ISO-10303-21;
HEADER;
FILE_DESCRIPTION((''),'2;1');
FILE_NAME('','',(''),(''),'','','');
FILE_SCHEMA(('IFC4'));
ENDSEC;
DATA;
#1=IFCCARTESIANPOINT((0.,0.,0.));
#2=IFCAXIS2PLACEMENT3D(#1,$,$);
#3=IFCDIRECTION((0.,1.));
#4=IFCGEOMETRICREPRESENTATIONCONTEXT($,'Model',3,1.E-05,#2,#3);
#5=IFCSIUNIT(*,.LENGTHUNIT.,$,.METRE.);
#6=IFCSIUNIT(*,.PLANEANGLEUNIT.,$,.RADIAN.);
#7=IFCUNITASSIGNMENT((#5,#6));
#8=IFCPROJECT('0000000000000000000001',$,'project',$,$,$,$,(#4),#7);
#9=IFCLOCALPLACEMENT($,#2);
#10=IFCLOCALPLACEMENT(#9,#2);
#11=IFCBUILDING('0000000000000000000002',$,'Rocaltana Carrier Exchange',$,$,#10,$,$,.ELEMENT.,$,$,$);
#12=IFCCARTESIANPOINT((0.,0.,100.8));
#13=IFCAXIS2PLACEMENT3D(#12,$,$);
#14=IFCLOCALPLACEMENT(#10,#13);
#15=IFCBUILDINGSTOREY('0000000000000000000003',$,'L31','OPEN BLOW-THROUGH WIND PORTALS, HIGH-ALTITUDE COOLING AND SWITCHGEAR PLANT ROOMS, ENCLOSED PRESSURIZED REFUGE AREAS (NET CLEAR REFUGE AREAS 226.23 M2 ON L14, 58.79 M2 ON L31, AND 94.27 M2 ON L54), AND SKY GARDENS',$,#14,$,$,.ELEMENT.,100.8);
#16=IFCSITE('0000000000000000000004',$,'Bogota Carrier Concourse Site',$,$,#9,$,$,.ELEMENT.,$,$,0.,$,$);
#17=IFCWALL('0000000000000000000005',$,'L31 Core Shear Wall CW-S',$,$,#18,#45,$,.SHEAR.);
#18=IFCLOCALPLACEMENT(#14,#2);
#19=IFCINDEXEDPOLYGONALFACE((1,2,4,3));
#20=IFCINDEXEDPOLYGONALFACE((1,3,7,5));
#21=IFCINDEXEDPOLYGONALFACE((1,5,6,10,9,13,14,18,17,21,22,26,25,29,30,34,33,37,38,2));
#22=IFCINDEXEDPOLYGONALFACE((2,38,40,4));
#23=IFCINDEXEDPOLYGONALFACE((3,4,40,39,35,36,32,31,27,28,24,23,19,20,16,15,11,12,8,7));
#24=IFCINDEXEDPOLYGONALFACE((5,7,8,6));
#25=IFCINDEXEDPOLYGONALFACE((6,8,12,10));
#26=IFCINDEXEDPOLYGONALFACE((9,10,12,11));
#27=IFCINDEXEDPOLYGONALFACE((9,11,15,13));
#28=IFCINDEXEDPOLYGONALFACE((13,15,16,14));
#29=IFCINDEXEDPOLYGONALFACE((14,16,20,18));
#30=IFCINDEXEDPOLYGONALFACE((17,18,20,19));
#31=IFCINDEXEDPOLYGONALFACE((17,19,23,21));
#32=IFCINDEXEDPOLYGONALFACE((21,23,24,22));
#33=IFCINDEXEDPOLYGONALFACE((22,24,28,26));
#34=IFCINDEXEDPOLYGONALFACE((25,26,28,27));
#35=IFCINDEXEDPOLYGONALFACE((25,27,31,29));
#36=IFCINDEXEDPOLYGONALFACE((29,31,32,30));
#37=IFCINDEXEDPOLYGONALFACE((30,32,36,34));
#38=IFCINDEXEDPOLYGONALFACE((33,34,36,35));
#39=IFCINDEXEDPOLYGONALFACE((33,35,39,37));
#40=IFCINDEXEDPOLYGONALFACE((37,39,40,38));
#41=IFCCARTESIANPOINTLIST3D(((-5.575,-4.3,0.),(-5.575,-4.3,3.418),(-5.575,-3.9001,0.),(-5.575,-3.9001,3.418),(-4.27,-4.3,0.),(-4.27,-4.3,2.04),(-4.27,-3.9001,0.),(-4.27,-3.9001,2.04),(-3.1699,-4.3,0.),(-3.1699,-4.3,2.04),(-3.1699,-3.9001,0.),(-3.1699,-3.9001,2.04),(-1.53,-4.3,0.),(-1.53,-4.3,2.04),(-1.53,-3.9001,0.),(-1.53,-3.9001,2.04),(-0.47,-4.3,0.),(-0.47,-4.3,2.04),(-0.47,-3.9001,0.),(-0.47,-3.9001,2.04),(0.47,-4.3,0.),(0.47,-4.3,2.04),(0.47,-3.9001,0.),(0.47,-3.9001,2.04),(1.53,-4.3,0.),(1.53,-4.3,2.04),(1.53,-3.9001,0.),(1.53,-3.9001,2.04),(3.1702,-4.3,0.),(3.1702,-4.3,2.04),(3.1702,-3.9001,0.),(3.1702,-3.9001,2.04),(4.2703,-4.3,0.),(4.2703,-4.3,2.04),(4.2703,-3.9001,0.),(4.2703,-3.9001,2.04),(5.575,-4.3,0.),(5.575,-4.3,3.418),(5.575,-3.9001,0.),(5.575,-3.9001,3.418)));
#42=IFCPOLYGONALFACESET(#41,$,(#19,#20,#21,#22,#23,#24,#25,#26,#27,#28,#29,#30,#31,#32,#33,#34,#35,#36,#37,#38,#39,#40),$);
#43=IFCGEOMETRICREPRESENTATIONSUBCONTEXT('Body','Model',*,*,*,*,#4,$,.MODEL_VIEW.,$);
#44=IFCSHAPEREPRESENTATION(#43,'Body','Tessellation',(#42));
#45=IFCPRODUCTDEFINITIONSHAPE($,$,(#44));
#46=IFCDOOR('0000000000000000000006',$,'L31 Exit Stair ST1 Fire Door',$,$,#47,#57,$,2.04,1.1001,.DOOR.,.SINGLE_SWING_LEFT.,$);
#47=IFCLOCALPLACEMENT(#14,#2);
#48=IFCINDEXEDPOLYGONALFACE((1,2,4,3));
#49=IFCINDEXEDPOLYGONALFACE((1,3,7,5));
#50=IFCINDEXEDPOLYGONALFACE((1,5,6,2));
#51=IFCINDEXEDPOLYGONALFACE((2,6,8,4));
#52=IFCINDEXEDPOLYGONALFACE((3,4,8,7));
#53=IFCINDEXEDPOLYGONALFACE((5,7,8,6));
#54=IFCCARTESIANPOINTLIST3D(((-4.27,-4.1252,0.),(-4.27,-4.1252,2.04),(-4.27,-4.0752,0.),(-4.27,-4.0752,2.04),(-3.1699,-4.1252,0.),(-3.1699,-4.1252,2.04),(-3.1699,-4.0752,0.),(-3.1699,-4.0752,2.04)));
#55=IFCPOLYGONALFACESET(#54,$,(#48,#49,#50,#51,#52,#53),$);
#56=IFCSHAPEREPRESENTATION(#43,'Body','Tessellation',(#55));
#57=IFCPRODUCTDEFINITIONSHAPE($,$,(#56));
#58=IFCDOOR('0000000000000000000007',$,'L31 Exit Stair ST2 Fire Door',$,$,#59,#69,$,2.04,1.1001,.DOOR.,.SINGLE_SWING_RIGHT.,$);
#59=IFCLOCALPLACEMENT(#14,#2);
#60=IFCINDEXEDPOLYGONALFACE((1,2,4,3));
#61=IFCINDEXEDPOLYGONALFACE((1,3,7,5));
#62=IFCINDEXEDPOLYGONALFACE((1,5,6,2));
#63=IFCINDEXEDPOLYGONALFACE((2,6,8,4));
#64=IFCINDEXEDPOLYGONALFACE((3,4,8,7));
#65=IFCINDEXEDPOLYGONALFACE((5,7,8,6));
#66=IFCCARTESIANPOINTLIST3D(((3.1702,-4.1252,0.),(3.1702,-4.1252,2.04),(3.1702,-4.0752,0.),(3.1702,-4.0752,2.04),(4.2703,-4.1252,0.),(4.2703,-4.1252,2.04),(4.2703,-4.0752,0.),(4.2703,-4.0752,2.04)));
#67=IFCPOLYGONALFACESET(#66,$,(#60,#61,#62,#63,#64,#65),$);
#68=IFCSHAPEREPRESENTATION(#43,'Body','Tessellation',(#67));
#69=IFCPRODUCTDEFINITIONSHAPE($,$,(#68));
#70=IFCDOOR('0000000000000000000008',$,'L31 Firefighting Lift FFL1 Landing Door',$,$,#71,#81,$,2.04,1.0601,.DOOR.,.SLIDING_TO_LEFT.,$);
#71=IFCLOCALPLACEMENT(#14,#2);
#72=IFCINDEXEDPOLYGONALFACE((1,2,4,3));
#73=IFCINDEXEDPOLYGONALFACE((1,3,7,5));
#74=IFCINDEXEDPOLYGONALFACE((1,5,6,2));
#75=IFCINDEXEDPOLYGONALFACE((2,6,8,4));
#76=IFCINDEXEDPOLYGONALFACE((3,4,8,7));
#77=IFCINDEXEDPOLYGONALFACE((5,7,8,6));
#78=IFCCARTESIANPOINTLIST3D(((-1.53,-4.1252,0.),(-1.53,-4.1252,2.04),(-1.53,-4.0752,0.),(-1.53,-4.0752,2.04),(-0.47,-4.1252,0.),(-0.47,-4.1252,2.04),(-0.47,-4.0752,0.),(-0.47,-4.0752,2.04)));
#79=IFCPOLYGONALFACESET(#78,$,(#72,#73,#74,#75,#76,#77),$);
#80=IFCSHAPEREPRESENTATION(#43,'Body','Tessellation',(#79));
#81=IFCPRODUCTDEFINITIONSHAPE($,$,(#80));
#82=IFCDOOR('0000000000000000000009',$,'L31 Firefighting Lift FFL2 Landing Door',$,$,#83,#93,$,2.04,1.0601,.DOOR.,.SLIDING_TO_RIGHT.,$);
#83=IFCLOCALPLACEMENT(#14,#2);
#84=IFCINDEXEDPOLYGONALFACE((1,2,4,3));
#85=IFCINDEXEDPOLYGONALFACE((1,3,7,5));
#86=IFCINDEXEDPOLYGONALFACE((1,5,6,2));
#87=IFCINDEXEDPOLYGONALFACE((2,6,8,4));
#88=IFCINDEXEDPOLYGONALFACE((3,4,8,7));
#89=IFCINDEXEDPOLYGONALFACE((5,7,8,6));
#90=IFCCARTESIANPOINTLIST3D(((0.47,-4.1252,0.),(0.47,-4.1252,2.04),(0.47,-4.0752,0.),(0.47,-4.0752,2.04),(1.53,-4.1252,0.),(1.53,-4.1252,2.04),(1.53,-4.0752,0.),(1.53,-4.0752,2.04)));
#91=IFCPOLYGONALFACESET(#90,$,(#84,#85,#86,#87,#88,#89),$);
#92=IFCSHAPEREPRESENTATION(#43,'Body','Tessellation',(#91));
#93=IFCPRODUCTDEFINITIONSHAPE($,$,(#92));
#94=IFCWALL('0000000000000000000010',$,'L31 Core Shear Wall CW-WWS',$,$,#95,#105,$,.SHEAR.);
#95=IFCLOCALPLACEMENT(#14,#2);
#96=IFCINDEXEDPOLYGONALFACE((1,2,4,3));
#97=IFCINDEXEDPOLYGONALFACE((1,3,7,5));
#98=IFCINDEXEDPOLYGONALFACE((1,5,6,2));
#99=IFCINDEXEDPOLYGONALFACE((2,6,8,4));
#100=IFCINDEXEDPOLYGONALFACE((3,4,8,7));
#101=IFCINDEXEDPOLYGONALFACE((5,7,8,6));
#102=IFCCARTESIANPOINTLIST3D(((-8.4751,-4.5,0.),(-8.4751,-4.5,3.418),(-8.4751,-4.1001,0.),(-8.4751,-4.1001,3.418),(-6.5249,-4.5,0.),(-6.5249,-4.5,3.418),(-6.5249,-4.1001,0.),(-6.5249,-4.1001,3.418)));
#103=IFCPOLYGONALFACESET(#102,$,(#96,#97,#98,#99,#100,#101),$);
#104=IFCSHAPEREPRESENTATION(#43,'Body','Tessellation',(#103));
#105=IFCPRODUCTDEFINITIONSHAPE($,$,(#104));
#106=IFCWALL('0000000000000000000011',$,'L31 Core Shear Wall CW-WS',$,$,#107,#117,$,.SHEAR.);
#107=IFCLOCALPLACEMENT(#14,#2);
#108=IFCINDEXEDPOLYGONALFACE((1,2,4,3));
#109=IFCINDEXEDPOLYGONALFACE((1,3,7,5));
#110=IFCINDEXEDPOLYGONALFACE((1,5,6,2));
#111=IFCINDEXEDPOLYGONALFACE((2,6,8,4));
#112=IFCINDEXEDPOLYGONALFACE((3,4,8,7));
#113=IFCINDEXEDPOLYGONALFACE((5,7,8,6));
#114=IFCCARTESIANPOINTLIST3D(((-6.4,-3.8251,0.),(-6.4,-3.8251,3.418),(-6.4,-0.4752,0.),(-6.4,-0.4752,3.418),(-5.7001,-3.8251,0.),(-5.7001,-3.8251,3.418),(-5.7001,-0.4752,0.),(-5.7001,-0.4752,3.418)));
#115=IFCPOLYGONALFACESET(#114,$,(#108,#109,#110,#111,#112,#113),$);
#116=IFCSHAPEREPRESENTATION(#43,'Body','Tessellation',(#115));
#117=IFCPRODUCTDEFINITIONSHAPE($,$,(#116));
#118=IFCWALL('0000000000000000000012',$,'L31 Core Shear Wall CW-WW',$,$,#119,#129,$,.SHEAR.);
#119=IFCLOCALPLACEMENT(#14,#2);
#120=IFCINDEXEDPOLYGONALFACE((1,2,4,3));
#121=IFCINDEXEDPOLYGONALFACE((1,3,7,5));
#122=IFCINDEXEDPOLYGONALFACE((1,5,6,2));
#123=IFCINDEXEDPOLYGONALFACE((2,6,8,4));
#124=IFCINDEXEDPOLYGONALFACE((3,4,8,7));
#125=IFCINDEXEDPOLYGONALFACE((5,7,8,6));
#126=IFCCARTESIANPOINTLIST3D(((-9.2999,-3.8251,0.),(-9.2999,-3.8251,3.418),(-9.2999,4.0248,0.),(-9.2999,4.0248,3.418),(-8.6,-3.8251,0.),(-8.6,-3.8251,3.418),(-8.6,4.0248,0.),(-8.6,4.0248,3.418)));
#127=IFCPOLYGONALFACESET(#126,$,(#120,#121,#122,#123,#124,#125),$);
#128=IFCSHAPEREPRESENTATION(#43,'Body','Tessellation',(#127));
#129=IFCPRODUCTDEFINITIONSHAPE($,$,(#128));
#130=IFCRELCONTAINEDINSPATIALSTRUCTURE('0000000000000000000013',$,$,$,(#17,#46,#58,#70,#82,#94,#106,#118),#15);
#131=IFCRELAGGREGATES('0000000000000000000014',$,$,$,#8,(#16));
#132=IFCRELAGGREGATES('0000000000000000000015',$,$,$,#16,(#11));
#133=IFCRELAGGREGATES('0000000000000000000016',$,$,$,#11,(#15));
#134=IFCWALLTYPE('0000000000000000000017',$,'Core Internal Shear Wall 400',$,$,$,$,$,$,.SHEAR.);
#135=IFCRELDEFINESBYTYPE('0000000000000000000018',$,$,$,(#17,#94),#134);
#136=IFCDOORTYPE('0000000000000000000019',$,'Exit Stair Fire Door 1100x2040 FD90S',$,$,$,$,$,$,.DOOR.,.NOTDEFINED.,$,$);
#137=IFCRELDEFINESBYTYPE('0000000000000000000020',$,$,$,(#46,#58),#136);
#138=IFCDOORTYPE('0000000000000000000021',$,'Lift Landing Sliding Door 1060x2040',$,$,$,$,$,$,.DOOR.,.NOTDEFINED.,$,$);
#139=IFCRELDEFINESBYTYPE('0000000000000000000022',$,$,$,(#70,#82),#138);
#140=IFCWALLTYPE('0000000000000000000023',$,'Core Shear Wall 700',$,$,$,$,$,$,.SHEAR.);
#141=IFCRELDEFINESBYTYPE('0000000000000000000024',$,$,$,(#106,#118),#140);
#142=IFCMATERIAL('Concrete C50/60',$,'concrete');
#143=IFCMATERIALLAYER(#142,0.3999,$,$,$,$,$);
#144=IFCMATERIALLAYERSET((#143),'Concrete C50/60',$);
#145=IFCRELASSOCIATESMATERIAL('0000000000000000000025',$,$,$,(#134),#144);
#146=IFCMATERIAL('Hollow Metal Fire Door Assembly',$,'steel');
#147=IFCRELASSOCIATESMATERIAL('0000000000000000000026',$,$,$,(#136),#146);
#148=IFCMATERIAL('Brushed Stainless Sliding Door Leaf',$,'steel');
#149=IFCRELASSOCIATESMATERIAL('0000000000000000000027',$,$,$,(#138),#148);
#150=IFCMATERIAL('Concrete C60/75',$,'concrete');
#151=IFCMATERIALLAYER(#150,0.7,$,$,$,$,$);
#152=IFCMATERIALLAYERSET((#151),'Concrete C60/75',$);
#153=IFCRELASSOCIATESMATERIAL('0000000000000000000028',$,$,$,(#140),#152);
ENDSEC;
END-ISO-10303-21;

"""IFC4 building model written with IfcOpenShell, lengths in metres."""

from ifc_helpers import new_model, si_unit, direction, frame, frame_2d, origin, place, context, subcontext, project, spatial, rectangle, extrude, material, layer, layer_set, type_object, element, fill, save


model = new_model("IFC4")

# Units and contexts
model_context = context("Model", 3, precision=1e-05, world=origin(), true_north=direction((0.0, 1.0)))
body_context = subcontext(model_context, "Body", "Model", "MODEL_VIEW")
ifc_project = project(units=[si_unit("LENGTHUNIT", "METRE"), si_unit("PLANEANGLEUNIT", "RADIAN")], contexts=[model_context])

# Site, building, storey
site_placement = place(None, origin())
site = spatial("IfcSite", under=ifc_project, at=site_placement, Name="Bogota Carrier Concourse Site", CompositionType="ELEMENT", RefElevation=0.0)
building_placement = place(site_placement, origin())
building = spatial("IfcBuilding", under=site, at=building_placement, Name="Rocaltana Carrier Exchange", CompositionType="ELEMENT")
storey_placement = place(building_placement, frame((0.0, 0.0, 100.8)))
storey = spatial("IfcBuildingStorey", under=building, at=storey_placement, Name="L31", Description="OPEN BLOW-THROUGH WIND PORTALS, HIGH-ALTITUDE COOLING AND SWITCHGEAR PLANT ROOMS, ENCLOSED PRESSURIZED REFUGE AREAS (NET CLEAR REFUGE AREAS 226.23 M2 ON L14, 58.79 M2 ON L31, AND 94.27 M2 ON L54), AND SKY GARDENS", CompositionType="ELEMENT", Elevation=100.8)

# Wall, openings, doors
ifc_material_1 = material(Name="Concrete C50/60", Category="concrete")
ifc_layer_1 = layer(ifc_material_1, 0.3999)
ifc_layer_set_1 = layer_set([ifc_layer_1], Name="Concrete C50/60")
wall_type_1 = type_object("IfcWallType", Name="Core Internal Shear Wall 400", PredefinedType="SHEAR", material=ifc_layer_set_1)
wall_1_placement = place(storey_placement, frame((-5.575, -4.1001, 0.0), z_axis=(0.0, 0.0, 1.0), x_axis=(1.0, 0.0, 0.0)))
wall_1 = element("IfcWall", 1, at=wall_1_placement, inside=storey, type_object=wall_type_1, Name="L31 Core Shear Wall CW-S", PredefinedType="SHEAR", context=body_context, shape_type="SweptSolid", body=[
    extrude(rectangle(XDim=11.1499, YDim=0.3999, at=frame_2d((5.575, 0.0))), origin(), (0.0, 0.0, 1.0), 3.418),
])
opening_1_placement = place(wall_1_placement, frame((1.3049, 0.0, 0.0)))
opening_1 = element("IfcOpeningElement", 2, at=opening_1_placement, cuts=wall_1, PredefinedType="OPENING", context=body_context, shape_type="SweptSolid", body=[
    extrude(rectangle(XDim=1.1001, YDim=2.04, at=frame_2d((0.55, 1.02))), frame((0.0, 0.21, 0.0), z_axis=(0.0, -1.0, 0.0), x_axis=(1.0, 0.0, 0.0)), (0.0, 0.0, 1.0), 0.4199),
])
opening_2_placement = place(wall_1_placement, frame((8.7451, 0.0, 0.0)))
opening_2 = element("IfcOpeningElement", 3, at=opening_2_placement, cuts=wall_1, PredefinedType="OPENING", context=body_context, shape_type="SweptSolid", body=[
    extrude(rectangle(XDim=1.1001, YDim=2.04, at=frame_2d((0.55, 1.02))), frame((0.0, 0.21, 0.0), z_axis=(0.0, -1.0, 0.0), x_axis=(1.0, 0.0, 0.0)), (0.0, 0.0, 1.0), 0.4199),
])
opening_3_placement = place(wall_1_placement, frame((4.0449, 0.0, 0.0)))
opening_3 = element("IfcOpeningElement", 4, at=opening_3_placement, cuts=wall_1, PredefinedType="OPENING", context=body_context, shape_type="SweptSolid", body=[
    extrude(rectangle(XDim=1.0601, YDim=2.04, at=frame_2d((0.53, 1.02))), frame((0.0, 0.21, 0.0), z_axis=(0.0, -1.0, 0.0), x_axis=(1.0, 0.0, 0.0)), (0.0, 0.0, 1.0), 0.4199),
])
opening_4_placement = place(wall_1_placement, frame((6.0449, 0.0, 0.0)))
opening_4 = element("IfcOpeningElement", 5, at=opening_4_placement, cuts=wall_1, PredefinedType="OPENING", context=body_context, shape_type="SweptSolid", body=[
    extrude(rectangle(XDim=1.0601, YDim=2.04, at=frame_2d((0.53, 1.02))), frame((0.0, 0.21, 0.0), z_axis=(0.0, -1.0, 0.0), x_axis=(1.0, 0.0, 0.0)), (0.0, 0.0, 1.0), 0.4199),
])
ifc_material_2 = material(Name="Hollow Metal Fire Door Assembly", Category="steel")
door_type_1 = type_object("IfcDoorType", Name="Exit Stair Fire Door 1100x2040 FD90S", OperationType="NOTDEFINED", PredefinedType="DOOR", material=ifc_material_2)
door_1_placement = place(opening_1_placement, origin())
door_1 = element("IfcDoor", 6, at=door_1_placement, inside=storey, type_object=door_type_1, Name="L31 Exit Stair ST1 Fire Door", OperationType="SINGLE_SWING_LEFT", OverallHeight=2.04, OverallWidth=1.1001, PredefinedType="DOOR", context=body_context, shape_type="SweptSolid", body=[
    extrude(rectangle(XDim=1.1001, YDim=2.04, at=frame_2d((0.55, 1.02))), frame((0.0, 0.0249, 0.0), z_axis=(0.0, -1.0, 0.0), x_axis=(1.0, 0.0, 0.0)), (0.0, 0.0, 1.0), 0.05),
])
fill(opening_1, door_1)
door_2_placement = place(opening_2_placement, origin())
door_2 = element("IfcDoor", 7, at=door_2_placement, inside=storey, type_object=door_type_1, Name="L31 Exit Stair ST2 Fire Door", OperationType="SINGLE_SWING_RIGHT", OverallHeight=2.04, OverallWidth=1.1001, PredefinedType="DOOR", context=body_context, shape_type="SweptSolid", body=[
    extrude(rectangle(XDim=1.1001, YDim=2.04, at=frame_2d((0.55, 1.02))), frame((0.0, 0.0249, 0.0), z_axis=(0.0, -1.0, 0.0), x_axis=(1.0, 0.0, 0.0)), (0.0, 0.0, 1.0), 0.05),
])
fill(opening_2, door_2)
ifc_material_3 = material(Name="Brushed Stainless Sliding Door Leaf", Category="steel")
door_type_2 = type_object("IfcDoorType", Name="Lift Landing Sliding Door 1060x2040", OperationType="NOTDEFINED", PredefinedType="DOOR", material=ifc_material_3)
door_3_placement = place(opening_3_placement, origin())
door_3 = element("IfcDoor", 8, at=door_3_placement, inside=storey, type_object=door_type_2, Name="L31 Firefighting Lift FFL1 Landing Door", OperationType="SLIDING_TO_LEFT", OverallHeight=2.04, OverallWidth=1.0601, PredefinedType="DOOR", context=body_context, shape_type="SweptSolid", body=[
    extrude(rectangle(XDim=1.0601, YDim=2.04, at=frame_2d((0.53, 1.02))), frame((0.0, 0.0249, 0.0), z_axis=(0.0, -1.0, 0.0), x_axis=(1.0, 0.0, 0.0)), (0.0, 0.0, 1.0), 0.05),
])
fill(opening_3, door_3)
door_4_placement = place(opening_4_placement, origin())
door_4 = element("IfcDoor", 9, at=door_4_placement, inside=storey, type_object=door_type_2, Name="L31 Firefighting Lift FFL2 Landing Door", OperationType="SLIDING_TO_RIGHT", OverallHeight=2.04, OverallWidth=1.0601, PredefinedType="DOOR", context=body_context, shape_type="SweptSolid", body=[
    extrude(rectangle(XDim=1.0601, YDim=2.04, at=frame_2d((0.53, 1.02))), frame((0.0, 0.0249, 0.0), z_axis=(0.0, -1.0, 0.0), x_axis=(1.0, 0.0, 0.0)), (0.0, 0.0, 1.0), 0.05),
])
fill(opening_4, door_4)

# Walls
wall_2_placement = place(storey_placement, frame((-8.4751, -4.3, 0.0), z_axis=(0.0, 0.0, 1.0), x_axis=(1.0, 0.0, 0.0)))
element("IfcWall", 10, at=wall_2_placement, inside=storey, type_object=wall_type_1, Name="L31 Core Shear Wall CW-WWS", PredefinedType="SHEAR", context=body_context, shape_type="SweptSolid", body=[
    extrude(rectangle(XDim=1.9502, YDim=0.3999, at=frame_2d((0.9751, 0.0))), origin(), (0.0, 0.0, 1.0), 3.418),
])
ifc_material_4 = material(Name="Concrete C60/75", Category="concrete")
ifc_layer_2 = layer(ifc_material_4, 0.7)
ifc_layer_set_2 = layer_set([ifc_layer_2], Name="Concrete C60/75")
wall_type_2 = type_object("IfcWallType", Name="Core Shear Wall 700", PredefinedType="SHEAR", material=ifc_layer_set_2)
wall_3_placement = place(storey_placement, frame((-6.05, -3.825, 0.0), z_axis=(0.0, 0.0, 1.0), x_axis=(0.0, 1.0, 0.0)))
element("IfcWall", 11, at=wall_3_placement, inside=storey, type_object=wall_type_2, Name="L31 Core Shear Wall CW-WS", PredefinedType="SHEAR", context=body_context, shape_type="SweptSolid", body=[
    extrude(rectangle(XDim=3.3499, YDim=0.7, at=frame_2d((1.6748, 0.0))), origin(), (0.0, 0.0, 1.0), 3.418),
])
wall_4_placement = place(storey_placement, frame((-8.95, -3.825, 0.0), z_axis=(0.0, 0.0, 1.0), x_axis=(0.0, 1.0, 0.0)))
element("IfcWall", 12, at=wall_4_placement, inside=storey, type_object=wall_type_2, Name="L31 Core Shear Wall CW-WW", PredefinedType="SHEAR", context=body_context, shape_type="SweptSolid", body=[
    extrude(rectangle(XDim=7.8499, YDim=0.7, at=frame_2d((3.9248, 0.0))), origin(), (0.0, 0.0, 1.0), 3.418),
])

save(model, "model.ifc")
